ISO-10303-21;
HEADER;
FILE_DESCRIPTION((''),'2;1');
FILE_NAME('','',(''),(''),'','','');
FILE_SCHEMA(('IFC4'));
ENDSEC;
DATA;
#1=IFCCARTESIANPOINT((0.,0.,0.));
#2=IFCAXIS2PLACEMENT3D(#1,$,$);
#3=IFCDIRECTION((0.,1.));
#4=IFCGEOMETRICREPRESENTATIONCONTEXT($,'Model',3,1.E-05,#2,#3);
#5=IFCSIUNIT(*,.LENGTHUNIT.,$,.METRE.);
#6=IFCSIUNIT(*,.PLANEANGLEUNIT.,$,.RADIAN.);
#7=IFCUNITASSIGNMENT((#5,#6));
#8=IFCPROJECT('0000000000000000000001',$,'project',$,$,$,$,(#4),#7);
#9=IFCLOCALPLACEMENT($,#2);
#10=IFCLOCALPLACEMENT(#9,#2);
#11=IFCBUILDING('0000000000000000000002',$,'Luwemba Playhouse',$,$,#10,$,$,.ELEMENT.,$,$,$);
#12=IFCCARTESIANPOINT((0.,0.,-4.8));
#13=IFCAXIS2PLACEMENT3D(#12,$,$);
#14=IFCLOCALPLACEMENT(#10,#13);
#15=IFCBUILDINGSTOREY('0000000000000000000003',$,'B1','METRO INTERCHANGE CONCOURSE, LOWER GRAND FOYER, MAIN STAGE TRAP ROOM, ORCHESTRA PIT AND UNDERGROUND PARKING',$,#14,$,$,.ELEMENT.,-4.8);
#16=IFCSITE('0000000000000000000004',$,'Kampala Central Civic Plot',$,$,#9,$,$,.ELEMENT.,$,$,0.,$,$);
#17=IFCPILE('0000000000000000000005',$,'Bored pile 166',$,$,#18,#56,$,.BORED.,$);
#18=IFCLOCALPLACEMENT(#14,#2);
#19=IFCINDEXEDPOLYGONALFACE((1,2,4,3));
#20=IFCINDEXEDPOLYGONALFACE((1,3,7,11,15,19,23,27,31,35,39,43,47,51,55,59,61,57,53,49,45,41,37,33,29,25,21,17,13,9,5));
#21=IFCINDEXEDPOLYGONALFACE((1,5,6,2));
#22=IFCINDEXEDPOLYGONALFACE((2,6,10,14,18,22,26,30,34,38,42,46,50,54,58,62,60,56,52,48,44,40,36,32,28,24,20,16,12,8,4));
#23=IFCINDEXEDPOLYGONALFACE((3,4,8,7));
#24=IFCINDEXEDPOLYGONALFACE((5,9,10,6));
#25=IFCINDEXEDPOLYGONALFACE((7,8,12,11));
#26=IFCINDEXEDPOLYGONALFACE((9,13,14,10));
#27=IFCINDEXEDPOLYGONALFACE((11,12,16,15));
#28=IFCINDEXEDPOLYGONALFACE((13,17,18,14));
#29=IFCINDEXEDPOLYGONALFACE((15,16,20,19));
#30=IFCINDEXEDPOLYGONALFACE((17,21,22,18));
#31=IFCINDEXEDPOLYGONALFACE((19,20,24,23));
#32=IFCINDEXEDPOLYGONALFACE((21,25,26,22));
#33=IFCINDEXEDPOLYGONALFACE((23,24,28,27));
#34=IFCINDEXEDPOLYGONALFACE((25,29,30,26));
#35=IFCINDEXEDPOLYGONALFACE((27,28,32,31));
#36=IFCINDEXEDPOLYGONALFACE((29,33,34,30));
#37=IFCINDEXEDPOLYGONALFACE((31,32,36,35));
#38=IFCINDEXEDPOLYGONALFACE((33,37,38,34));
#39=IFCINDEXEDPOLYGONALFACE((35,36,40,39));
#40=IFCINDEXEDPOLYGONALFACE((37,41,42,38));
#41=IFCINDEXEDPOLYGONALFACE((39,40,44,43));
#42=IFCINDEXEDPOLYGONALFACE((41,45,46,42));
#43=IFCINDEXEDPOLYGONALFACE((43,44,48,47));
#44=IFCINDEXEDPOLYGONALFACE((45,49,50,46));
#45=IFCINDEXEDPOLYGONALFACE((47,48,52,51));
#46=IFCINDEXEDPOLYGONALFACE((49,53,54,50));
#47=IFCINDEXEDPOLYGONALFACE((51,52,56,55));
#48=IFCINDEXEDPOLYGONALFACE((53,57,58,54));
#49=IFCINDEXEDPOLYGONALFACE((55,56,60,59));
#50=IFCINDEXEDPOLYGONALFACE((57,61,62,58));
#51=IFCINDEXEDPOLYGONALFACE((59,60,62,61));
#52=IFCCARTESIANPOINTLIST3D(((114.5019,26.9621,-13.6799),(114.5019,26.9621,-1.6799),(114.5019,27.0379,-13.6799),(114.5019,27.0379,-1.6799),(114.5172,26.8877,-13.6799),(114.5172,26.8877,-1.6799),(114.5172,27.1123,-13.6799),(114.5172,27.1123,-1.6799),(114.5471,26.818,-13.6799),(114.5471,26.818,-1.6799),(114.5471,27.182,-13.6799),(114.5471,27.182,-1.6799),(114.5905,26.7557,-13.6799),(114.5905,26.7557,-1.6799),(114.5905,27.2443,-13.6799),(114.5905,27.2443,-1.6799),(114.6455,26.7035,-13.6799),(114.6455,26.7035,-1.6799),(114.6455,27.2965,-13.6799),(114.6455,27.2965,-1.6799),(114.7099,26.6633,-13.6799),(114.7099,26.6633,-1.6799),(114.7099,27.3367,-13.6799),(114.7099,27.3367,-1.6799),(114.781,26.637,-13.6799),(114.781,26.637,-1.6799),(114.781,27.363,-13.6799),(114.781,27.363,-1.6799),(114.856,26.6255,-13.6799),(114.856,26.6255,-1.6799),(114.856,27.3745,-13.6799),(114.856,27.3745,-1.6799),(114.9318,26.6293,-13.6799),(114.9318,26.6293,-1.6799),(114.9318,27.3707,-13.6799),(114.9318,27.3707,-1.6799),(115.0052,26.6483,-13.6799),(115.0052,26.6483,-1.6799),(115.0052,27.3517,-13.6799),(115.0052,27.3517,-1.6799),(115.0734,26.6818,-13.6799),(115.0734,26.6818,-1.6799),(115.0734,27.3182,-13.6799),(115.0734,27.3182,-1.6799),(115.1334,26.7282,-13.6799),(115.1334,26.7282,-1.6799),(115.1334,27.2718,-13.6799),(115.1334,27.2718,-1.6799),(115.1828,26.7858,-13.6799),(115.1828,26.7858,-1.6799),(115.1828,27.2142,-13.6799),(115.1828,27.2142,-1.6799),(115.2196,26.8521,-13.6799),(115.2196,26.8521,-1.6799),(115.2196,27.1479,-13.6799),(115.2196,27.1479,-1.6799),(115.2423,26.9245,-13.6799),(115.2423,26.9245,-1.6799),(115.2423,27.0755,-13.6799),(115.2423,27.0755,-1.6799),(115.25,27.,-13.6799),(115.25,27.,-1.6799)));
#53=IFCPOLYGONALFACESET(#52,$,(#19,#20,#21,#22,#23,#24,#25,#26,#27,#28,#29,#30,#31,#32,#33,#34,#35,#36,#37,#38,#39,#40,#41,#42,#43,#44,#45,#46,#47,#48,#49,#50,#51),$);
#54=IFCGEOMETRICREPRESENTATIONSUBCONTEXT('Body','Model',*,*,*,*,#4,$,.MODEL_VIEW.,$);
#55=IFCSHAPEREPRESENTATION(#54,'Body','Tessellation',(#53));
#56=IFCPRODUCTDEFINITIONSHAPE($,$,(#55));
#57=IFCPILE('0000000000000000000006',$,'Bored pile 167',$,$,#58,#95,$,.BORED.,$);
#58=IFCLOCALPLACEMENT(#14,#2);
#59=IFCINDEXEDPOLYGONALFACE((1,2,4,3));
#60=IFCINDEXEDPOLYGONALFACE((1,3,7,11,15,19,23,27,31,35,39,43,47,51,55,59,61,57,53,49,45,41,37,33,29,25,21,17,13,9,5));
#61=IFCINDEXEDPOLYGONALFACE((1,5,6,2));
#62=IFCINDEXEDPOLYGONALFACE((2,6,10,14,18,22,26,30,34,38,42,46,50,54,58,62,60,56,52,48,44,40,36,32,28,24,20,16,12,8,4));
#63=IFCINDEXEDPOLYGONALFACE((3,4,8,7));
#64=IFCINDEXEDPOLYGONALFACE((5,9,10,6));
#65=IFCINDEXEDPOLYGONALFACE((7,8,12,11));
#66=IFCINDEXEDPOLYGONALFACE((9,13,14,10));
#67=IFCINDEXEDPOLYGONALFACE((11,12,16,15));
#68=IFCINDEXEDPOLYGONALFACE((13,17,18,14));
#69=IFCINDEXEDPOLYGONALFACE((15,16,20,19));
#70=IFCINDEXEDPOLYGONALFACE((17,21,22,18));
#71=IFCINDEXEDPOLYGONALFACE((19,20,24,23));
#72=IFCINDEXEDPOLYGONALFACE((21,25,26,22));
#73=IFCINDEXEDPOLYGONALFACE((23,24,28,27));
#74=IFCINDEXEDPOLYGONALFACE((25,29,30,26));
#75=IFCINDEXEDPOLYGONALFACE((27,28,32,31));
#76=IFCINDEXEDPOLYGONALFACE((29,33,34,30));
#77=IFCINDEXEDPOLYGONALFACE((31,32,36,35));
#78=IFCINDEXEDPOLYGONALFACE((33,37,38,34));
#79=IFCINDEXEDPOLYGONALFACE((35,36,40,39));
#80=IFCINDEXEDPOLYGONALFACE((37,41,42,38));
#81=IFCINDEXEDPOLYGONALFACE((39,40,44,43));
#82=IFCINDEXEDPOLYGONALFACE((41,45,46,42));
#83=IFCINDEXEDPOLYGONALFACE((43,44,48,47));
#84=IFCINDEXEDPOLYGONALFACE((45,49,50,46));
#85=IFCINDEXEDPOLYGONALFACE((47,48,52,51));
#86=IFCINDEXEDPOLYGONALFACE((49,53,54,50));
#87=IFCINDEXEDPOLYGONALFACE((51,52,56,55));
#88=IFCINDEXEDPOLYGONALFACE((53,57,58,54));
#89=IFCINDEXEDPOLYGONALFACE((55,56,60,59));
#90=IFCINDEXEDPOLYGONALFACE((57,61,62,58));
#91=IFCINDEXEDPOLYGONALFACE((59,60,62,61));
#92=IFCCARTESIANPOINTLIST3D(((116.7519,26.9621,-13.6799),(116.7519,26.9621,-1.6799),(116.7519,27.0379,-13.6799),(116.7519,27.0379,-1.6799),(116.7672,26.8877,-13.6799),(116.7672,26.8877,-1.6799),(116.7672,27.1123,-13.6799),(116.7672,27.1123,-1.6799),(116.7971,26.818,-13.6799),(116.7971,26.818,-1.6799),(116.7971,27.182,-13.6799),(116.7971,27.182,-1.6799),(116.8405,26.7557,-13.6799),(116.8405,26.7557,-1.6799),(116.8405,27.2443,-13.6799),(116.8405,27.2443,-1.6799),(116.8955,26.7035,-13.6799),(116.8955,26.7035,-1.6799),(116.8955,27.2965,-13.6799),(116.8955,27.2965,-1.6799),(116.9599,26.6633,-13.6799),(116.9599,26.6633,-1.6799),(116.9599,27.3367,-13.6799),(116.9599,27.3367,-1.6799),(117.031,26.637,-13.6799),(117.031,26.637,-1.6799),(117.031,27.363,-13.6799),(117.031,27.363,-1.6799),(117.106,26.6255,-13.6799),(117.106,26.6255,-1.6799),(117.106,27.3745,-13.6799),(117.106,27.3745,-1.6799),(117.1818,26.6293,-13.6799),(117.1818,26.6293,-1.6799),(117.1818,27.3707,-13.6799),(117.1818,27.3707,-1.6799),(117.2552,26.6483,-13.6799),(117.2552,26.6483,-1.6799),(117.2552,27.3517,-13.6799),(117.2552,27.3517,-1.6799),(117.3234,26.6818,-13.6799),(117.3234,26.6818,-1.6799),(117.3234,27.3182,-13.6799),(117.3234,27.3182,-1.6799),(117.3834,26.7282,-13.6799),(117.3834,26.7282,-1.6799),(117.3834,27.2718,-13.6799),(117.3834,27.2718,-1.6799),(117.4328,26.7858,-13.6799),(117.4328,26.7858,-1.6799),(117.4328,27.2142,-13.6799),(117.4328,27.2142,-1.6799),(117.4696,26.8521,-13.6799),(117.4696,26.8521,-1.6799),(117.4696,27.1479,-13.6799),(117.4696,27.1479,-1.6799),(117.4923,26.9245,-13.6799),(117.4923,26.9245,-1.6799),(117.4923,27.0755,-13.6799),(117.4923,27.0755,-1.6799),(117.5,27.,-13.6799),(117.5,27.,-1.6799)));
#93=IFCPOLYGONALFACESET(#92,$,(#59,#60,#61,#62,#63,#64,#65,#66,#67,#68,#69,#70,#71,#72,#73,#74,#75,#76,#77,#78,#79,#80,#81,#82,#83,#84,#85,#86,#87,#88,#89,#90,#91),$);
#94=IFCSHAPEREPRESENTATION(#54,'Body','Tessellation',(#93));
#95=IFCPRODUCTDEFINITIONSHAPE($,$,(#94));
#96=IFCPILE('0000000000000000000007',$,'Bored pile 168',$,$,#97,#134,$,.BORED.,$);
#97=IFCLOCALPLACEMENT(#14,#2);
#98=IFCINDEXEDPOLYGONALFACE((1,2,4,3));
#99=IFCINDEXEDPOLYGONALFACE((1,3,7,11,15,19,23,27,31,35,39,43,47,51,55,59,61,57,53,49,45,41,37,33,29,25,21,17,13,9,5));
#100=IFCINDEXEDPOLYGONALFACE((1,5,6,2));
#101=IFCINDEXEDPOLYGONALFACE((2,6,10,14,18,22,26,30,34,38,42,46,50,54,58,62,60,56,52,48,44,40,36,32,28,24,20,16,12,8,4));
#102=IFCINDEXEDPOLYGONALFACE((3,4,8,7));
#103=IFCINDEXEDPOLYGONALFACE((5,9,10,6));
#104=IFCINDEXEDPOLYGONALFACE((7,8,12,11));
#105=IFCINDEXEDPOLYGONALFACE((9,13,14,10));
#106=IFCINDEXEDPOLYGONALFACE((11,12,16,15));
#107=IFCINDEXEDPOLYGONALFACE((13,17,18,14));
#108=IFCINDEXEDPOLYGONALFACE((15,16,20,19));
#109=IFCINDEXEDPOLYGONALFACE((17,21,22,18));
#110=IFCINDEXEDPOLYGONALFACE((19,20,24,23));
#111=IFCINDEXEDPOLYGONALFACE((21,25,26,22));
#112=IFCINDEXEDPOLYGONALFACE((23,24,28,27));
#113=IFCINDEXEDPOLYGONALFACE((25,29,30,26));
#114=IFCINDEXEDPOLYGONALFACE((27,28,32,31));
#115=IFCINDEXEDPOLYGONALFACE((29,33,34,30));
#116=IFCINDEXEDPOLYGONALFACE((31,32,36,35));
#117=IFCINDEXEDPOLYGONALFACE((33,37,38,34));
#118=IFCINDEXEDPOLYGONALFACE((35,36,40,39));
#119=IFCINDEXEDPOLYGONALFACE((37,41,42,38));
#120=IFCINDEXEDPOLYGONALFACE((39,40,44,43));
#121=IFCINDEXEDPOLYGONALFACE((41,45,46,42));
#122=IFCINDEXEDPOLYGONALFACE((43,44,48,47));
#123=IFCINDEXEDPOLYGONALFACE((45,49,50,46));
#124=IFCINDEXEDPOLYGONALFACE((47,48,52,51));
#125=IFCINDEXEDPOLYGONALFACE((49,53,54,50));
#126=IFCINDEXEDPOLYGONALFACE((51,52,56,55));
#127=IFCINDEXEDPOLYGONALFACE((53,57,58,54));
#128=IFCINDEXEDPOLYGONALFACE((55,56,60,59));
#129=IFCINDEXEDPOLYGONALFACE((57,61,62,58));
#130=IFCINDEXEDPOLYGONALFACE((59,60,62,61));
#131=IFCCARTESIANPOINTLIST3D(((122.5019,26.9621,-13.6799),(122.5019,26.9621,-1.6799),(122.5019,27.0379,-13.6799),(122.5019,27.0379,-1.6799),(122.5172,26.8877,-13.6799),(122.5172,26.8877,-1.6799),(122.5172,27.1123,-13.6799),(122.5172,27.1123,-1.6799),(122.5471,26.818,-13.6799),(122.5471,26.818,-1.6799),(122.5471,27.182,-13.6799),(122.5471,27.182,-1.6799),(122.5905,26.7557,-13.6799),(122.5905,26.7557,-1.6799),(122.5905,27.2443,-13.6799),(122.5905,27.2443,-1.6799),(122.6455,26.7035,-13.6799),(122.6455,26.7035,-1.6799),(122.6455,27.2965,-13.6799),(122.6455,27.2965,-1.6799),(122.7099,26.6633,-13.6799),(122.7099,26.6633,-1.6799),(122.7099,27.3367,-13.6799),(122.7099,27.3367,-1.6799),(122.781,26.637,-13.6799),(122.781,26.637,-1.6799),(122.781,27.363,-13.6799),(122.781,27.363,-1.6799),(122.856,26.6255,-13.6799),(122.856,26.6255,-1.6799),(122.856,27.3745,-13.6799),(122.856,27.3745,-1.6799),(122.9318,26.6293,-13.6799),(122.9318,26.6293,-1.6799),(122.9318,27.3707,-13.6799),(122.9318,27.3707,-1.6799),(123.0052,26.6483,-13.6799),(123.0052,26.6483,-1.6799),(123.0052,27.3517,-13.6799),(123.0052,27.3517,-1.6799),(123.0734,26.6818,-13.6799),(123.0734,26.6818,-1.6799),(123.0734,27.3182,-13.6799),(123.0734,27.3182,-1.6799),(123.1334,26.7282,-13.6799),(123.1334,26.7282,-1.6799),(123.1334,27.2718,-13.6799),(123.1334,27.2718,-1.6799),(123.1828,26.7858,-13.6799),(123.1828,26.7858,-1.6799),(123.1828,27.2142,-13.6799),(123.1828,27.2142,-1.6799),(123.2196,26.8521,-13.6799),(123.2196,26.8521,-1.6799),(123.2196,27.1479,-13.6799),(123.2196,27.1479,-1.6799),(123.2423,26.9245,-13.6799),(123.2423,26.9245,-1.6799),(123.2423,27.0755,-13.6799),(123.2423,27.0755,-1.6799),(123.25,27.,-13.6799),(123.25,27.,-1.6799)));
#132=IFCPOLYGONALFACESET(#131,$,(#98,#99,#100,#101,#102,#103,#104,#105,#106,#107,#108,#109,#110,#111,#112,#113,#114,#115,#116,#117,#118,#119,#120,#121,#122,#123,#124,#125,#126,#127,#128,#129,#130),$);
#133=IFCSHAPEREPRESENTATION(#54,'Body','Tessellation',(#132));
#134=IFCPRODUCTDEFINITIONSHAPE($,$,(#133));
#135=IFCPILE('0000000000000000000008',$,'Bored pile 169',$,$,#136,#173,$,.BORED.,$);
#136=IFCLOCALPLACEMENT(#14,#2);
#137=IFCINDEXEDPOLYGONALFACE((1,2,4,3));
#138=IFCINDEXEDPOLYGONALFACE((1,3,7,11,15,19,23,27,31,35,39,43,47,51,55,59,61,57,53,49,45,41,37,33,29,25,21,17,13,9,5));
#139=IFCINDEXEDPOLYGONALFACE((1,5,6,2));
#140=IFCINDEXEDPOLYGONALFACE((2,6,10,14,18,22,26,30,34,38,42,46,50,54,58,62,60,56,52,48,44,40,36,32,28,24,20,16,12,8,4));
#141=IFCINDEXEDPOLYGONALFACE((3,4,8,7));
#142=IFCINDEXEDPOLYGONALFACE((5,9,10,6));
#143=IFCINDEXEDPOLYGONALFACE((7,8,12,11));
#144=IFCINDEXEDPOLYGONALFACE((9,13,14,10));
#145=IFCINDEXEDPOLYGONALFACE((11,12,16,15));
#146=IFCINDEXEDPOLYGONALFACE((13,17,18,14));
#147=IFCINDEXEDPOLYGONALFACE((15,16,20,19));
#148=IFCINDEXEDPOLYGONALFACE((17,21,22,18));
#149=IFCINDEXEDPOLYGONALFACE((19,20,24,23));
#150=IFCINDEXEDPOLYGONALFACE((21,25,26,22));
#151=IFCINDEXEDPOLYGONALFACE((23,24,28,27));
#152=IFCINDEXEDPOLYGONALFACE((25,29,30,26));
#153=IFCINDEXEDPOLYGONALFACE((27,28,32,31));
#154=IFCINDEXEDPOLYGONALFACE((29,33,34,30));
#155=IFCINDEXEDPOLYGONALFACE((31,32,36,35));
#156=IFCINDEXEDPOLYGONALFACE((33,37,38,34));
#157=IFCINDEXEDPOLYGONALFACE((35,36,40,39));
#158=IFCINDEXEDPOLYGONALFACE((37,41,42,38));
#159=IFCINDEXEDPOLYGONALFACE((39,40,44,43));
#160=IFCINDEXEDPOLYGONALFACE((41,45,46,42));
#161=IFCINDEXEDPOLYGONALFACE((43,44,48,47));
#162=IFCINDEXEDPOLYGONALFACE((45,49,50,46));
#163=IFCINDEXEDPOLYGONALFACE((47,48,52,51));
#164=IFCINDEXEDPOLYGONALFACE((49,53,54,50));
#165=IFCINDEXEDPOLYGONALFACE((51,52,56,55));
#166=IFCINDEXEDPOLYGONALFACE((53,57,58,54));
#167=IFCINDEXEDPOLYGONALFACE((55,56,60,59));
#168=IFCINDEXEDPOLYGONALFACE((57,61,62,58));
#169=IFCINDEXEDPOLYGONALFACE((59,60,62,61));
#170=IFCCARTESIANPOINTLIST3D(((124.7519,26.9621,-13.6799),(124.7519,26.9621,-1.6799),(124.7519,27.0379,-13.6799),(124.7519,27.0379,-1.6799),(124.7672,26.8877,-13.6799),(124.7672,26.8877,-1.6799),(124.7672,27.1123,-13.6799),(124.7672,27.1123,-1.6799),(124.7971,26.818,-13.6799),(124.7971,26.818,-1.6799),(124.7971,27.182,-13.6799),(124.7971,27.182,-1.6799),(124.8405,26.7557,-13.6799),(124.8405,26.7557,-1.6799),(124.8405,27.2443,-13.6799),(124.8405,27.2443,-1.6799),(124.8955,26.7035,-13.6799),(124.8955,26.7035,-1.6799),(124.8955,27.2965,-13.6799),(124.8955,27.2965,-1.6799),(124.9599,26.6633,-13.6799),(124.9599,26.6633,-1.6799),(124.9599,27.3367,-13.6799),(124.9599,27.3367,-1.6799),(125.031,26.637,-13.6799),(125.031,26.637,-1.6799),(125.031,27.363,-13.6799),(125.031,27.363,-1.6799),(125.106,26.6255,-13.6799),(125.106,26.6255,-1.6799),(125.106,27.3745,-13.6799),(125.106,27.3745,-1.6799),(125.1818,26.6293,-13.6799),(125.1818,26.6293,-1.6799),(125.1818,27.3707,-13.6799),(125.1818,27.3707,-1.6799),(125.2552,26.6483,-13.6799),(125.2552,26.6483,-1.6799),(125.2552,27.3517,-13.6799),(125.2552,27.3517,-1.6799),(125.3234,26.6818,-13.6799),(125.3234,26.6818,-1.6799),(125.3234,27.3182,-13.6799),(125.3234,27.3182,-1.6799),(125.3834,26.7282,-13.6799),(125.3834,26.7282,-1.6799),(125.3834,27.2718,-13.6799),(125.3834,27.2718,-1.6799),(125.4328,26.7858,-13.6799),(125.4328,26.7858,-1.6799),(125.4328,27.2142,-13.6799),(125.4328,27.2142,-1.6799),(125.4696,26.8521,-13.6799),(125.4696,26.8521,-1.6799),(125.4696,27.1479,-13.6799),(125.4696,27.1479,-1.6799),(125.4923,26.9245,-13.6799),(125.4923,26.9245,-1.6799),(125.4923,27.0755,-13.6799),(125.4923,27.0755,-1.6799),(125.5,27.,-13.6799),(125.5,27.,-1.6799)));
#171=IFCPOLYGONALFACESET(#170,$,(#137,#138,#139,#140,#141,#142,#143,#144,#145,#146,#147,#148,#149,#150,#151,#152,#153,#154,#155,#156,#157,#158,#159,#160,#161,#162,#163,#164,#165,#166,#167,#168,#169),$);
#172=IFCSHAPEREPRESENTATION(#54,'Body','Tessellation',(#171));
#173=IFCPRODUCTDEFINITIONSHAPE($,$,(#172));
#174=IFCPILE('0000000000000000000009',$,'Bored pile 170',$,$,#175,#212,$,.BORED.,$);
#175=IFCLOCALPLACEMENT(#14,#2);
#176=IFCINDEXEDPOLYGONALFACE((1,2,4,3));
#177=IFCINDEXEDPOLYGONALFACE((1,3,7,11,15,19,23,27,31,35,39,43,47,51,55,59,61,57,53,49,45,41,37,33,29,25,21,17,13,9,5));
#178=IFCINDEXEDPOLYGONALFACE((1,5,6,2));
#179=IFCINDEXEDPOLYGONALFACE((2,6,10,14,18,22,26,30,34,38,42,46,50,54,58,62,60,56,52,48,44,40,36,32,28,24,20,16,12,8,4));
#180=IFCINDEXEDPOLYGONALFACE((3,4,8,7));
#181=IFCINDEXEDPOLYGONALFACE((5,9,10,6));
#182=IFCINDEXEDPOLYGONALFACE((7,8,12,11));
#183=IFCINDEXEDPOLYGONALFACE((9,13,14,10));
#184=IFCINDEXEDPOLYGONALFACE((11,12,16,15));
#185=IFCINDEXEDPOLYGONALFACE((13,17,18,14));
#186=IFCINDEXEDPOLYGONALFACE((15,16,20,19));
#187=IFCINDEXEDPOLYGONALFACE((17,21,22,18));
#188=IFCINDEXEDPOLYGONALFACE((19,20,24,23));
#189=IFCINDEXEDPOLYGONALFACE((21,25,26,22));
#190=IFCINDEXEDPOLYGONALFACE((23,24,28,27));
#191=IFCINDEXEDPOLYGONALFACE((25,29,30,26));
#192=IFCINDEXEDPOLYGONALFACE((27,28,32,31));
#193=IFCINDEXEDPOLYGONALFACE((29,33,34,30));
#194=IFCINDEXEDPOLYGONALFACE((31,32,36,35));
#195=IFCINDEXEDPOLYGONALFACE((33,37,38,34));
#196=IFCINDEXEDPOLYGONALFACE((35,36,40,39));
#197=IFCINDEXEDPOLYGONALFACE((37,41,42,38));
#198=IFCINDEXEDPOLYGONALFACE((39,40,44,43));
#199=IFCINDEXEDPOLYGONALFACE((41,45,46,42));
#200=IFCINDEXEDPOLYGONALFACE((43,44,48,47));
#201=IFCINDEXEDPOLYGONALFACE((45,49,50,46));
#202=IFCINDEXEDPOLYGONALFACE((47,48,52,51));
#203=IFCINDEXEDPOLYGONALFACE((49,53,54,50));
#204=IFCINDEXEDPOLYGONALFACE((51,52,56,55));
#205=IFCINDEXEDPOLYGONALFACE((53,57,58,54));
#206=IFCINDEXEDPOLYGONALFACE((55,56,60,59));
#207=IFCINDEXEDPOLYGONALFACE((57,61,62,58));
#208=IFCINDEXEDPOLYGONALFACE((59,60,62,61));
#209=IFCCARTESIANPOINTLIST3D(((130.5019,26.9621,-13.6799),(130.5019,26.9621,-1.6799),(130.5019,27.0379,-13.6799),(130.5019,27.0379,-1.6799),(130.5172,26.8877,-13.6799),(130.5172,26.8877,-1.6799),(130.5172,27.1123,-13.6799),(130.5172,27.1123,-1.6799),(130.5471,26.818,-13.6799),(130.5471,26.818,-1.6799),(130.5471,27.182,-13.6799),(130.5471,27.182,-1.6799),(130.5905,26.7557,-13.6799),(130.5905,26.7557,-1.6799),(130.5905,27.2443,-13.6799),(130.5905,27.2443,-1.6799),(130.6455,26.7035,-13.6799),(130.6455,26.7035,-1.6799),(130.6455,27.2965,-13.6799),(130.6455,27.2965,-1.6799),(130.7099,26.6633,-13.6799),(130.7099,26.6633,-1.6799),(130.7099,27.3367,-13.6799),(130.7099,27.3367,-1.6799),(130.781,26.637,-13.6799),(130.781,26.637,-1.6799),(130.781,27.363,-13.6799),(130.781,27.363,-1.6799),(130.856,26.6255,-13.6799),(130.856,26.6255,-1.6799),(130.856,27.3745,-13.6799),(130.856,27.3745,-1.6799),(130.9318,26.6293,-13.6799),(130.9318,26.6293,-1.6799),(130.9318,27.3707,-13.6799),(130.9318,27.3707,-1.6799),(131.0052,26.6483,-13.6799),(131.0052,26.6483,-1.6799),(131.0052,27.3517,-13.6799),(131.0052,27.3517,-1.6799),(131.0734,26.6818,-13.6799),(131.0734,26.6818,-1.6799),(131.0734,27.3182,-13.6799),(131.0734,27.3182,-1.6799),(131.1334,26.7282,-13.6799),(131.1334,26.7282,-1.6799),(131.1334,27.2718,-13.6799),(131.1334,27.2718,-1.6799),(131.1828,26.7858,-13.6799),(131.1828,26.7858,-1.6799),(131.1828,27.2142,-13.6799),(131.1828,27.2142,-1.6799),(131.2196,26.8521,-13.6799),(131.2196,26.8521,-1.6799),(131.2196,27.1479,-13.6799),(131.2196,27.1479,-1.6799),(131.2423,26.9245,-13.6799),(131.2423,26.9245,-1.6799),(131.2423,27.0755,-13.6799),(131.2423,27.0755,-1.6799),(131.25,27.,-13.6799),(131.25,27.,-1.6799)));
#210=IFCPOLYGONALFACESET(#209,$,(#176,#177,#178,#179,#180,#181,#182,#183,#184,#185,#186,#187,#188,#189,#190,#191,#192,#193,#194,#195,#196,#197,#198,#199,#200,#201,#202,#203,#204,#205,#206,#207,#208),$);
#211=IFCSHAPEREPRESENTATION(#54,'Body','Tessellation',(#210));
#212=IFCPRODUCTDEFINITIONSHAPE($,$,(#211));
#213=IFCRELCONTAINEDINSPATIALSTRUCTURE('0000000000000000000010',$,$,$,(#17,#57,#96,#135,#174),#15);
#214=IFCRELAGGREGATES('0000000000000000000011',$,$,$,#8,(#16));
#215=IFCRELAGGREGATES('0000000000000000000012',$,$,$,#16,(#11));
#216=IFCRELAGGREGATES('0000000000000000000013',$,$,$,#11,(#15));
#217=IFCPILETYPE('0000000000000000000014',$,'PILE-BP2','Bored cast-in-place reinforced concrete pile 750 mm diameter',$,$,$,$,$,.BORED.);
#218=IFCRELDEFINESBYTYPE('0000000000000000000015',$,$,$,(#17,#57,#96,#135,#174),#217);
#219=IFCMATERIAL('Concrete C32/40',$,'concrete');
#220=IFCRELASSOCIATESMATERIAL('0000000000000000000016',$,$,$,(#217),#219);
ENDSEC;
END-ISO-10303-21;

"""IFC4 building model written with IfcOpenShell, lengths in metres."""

from ifc_helpers import new_model, si_unit, direction, frame, origin, origin_2d, place, context, subcontext, project, spatial, circle, extrude, material, material_profile, profile_set, type_object, element, save


model = new_model("IFC4")

# Units and contexts
model_context = context("Model", 3, precision=1e-05, world=origin(), true_north=direction((0.0, 1.0)))
body_context = subcontext(model_context, "Body", "Model", "MODEL_VIEW")
ifc_project = project(units=[si_unit("LENGTHUNIT", "METRE"), si_unit("PLANEANGLEUNIT", "RADIAN")], contexts=[model_context])

# Site, building, storey
site_placement = place(None, origin())
site = spatial("IfcSite", under=ifc_project, at=site_placement, Name="Kampala Central Civic Plot", CompositionType="ELEMENT", RefElevation=0.0)
building_placement = place(site_placement, origin())
building = spatial("IfcBuilding", under=site, at=building_placement, Name="Luwemba Playhouse", CompositionType="ELEMENT")
storey_placement = place(building_placement, frame((0.0, 0.0, -4.8)))
storey = spatial("IfcBuildingStorey", under=building, at=storey_placement, Name="B1", Description="METRO INTERCHANGE CONCOURSE, LOWER GRAND FOYER, MAIN STAGE TRAP ROOM, ORCHESTRA PIT AND UNDERGROUND PARKING", CompositionType="ELEMENT", Elevation=-4.8)

# Shared definitions
ifc_material_1 = material(Name="Concrete C32/40", Category="concrete")

# Piles
ifc_material_profile_1 = material_profile(ifc_material_1, circle(Radius=0.375, at=origin_2d()))
ifc_profile_set_1 = profile_set([ifc_material_profile_1], Name="Concrete C32/40")
pile_type_1 = type_object("IfcPileType", Name="PILE-BP2", Description="Bored cast-in-place reinforced concrete pile 750 mm diameter", PredefinedType="BORED", material=ifc_profile_set_1)
for number, where, z_axis, x_axis, name in (
    (1, (114.875, 27.0, -1.6799), (0.0, 0.0, -1.0), (1.0, 0.0, 0.0), "Bored pile 166"),
    (2, (117.125, 27.0, -1.6799), (0.0, 0.0, -1.0), (1.0, 0.0, 0.0), "Bored pile 167"),
    (3, (122.875, 27.0, -1.6799), (0.0, 0.0, -1.0), (1.0, 0.0, 0.0), "Bored pile 168"),
    (4, (125.125, 27.0, -1.6799), (0.0, 0.0, -1.0), (1.0, 0.0, 0.0), "Bored pile 169"),
    (5, (130.875, 27.0, -1.6799), (0.0, 0.0, -1.0), (1.0, 0.0, 0.0), "Bored pile 170"),
):
    element("IfcPile", number, at=place(storey_placement, frame(where, z_axis=z_axis, x_axis=x_axis)), inside=storey, type_object=pile_type_1, Name=name, PredefinedType="BORED", context=body_context, shape_type="SweptSolid", body=[
        extrude(circle(Radius=0.375, at=origin_2d()), origin(), (0.0, 0.0, 1.0), 12.0),
    ])

save(model, "model.ifc")
